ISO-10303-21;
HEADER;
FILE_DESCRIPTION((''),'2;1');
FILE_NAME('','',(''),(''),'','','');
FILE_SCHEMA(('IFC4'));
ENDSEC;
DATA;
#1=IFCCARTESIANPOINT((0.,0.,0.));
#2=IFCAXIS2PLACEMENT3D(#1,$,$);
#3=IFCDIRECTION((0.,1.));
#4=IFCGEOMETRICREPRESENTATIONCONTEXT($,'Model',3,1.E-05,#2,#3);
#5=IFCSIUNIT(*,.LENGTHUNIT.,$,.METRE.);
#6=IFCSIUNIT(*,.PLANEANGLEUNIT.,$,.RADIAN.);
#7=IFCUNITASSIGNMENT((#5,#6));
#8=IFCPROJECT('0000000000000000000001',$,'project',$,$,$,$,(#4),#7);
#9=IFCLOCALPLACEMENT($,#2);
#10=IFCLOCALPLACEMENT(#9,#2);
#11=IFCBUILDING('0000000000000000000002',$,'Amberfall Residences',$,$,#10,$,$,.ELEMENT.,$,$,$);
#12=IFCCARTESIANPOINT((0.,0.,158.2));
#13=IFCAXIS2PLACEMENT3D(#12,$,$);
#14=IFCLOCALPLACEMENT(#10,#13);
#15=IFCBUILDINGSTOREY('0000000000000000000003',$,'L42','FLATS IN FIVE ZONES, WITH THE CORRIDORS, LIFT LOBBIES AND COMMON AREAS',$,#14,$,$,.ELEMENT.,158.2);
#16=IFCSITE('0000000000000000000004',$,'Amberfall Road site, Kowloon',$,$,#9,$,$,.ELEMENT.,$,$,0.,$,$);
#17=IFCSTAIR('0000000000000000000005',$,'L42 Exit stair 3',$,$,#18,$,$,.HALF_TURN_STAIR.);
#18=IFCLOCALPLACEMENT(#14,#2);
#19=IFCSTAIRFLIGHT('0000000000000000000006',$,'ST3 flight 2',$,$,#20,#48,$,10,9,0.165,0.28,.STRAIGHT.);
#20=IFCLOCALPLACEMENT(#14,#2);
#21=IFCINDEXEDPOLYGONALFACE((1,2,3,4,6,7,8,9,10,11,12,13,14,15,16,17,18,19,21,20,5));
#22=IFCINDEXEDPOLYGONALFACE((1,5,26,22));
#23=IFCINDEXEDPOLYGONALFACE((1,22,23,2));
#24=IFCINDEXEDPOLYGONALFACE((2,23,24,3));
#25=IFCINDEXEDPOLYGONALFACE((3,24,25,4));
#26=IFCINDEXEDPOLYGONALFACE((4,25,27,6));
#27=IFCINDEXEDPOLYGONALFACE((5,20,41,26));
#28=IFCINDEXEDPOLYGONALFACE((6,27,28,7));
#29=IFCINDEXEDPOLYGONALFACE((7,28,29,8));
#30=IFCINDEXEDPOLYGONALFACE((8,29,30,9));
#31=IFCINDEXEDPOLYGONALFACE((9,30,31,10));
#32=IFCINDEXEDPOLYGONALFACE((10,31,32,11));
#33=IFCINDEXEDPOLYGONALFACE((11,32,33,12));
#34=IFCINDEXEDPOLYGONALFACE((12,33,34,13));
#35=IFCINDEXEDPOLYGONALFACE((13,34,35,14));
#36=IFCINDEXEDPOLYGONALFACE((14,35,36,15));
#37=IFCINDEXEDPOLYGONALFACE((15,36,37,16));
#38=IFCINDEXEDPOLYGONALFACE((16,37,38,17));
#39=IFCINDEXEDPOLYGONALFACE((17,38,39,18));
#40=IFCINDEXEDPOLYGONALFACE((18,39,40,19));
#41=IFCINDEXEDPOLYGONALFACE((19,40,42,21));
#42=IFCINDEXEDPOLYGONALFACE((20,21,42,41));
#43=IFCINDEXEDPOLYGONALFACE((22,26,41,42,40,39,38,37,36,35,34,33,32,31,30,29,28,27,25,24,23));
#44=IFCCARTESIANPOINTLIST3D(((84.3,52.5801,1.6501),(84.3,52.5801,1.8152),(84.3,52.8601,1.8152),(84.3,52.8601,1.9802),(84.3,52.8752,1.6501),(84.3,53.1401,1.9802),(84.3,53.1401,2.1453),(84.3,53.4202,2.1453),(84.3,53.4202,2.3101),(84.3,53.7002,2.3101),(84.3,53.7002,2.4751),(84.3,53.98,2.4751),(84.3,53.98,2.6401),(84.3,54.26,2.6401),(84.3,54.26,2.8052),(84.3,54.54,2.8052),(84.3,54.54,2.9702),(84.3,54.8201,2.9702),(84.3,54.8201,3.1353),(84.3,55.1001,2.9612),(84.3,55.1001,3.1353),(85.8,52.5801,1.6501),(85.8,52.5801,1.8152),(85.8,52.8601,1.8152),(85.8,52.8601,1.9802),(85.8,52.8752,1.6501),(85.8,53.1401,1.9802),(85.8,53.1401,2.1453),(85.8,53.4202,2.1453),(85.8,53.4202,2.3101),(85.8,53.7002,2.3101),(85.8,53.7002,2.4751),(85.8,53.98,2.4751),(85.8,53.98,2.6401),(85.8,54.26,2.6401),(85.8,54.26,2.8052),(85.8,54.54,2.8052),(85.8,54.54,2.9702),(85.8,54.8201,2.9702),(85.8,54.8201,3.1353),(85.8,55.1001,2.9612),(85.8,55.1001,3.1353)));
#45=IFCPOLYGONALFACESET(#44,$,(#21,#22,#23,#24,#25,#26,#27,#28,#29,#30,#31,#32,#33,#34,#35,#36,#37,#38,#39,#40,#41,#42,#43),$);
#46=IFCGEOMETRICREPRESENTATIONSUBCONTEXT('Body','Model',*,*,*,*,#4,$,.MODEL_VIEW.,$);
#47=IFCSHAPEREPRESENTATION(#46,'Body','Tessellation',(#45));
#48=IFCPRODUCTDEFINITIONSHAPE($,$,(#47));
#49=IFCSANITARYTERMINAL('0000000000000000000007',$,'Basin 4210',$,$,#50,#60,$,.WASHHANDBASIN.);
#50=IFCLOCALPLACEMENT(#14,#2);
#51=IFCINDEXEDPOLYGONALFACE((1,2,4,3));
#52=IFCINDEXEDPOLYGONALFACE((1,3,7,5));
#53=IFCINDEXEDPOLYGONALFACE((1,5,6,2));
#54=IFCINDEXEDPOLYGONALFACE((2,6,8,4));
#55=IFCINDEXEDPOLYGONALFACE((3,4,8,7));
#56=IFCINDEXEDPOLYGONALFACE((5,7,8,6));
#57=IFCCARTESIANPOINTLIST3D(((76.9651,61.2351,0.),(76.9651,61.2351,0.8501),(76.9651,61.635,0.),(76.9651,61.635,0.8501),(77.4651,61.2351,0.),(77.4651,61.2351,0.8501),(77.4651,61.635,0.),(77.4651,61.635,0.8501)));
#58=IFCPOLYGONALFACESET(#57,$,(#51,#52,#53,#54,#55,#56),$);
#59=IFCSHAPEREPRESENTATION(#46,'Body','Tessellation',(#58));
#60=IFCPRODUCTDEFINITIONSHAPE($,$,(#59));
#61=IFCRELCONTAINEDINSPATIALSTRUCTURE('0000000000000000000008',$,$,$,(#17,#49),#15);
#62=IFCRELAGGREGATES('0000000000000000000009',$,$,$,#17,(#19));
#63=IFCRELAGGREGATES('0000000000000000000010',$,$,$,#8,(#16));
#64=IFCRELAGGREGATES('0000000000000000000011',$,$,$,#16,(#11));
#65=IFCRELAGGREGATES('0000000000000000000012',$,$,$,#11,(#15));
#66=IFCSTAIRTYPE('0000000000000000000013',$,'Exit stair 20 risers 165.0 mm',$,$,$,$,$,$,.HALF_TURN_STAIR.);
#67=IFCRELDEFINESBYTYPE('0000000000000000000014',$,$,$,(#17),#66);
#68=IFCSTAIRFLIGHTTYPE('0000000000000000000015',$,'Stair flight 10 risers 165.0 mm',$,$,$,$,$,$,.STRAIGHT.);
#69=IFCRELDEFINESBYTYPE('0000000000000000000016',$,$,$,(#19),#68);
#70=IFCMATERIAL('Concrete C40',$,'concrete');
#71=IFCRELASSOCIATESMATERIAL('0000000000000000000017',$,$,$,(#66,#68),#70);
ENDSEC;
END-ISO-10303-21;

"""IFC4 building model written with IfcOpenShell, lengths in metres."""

from ifc_helpers import new_model, si_unit, direction, frame, origin, origin_2d, place, context, subcontext, project, spatial, polyline, rectangle, outline, extrude, material, type_object, element, aggregate, save


model = new_model("IFC4")

# Units and contexts
model_context = context("Model", 3, precision=1e-05, world=origin(), true_north=direction((0.0, 1.0)))
body_context = subcontext(model_context, "Body", "Model", "MODEL_VIEW")
ifc_project = project(units=[si_unit("LENGTHUNIT", "METRE"), si_unit("PLANEANGLEUNIT", "RADIAN")], contexts=[model_context])

# Site, building, storey
site_placement = place(None, origin())
site = spatial("IfcSite", under=ifc_project, at=site_placement, Name="Amberfall Road site, Kowloon", CompositionType="ELEMENT", RefElevation=0.0)
building_placement = place(site_placement, origin())
building = spatial("IfcBuilding", under=site, at=building_placement, Name="Amberfall Residences", CompositionType="ELEMENT")
storey_placement = place(building_placement, frame((0.0, 0.0, 158.2)))
storey = spatial("IfcBuildingStorey", under=building, at=storey_placement, Name="L42", Description="FLATS IN FIVE ZONES, WITH THE CORRIDORS, LIFT LOBBIES AND COMMON AREAS", CompositionType="ELEMENT", Elevation=158.2)

# Stair, stair flight
ifc_material_1 = material(Name="Concrete C40", Category="concrete")
stair_type = type_object("IfcStairType", Name="Exit stair 20 risers 165.0 mm", PredefinedType="HALF_TURN_STAIR", material=ifc_material_1)
stair_placement = place(storey_placement, origin())
stair = element("IfcStair", 1, at=stair_placement, inside=storey, type_object=stair_type, Name="L42 Exit stair 3", PredefinedType="HALF_TURN_STAIR")
stair_flight_type = type_object("IfcStairFlightType", Name="Stair flight 10 risers 165.0 mm", PredefinedType="STRAIGHT", material=ifc_material_1)
stair_flight_1_placement = place(storey_placement, frame((85.05, 52.5801, 1.6501), z_axis=(0.0, 0.0, 1.0), x_axis=(0.0, 1.0, 0.0)))
stair_flight_1 = element("IfcStairFlight", 2, at=stair_flight_1_placement, type_object=stair_flight_type, Name="ST3 flight 2", NumberOfRisers=10, NumberOfTreads=9, PredefinedType="STRAIGHT", RiserHeight=0.165, TreadLength=0.28, context=body_context, shape_type="SweptSolid", body=[
    extrude(outline(polyline([(0.0, 0.0), (0.0, 0.165), (0.28, 0.165), (0.28, 0.3301), (0.5601, 0.3301), (0.5601, 0.4951), (0.8401, 0.4951), (0.8401, 0.6599), (1.1201, 0.6599), (1.1201, 0.825), (1.3999, 0.825), (1.3999, 0.99), (1.6799, 0.99), (1.6799, 1.155), (1.96, 1.155), (1.96, 1.3201), (2.24, 1.3201), (2.24, 1.4851), (2.52, 1.4851), (2.52, 1.6499), (2.52, 1.311), (0.2952, 0.0), (0.0, 0.0)])), frame((0.0, 0.75, 0.0), z_axis=(0.0, -1.0, 0.0), x_axis=(1.0, 0.0, 0.0)), (0.0, 0.0, 1.0), 1.5),
])
aggregate(stair, [stair_flight_1])

# Sanitary terminal
sanitary_terminal_placement = place(storey_placement, frame((77.2151, 61.4351, 0.0), z_axis=(0.0, 0.0, 1.0), x_axis=(1.0, 0.0, 0.0)))
element("IfcSanitaryTerminal", 3, at=sanitary_terminal_placement, inside=storey, Name="Basin 4210", PredefinedType="WASHHANDBASIN", context=body_context, shape_type="SweptSolid", body=[
    extrude(rectangle(XDim=0.5, YDim=0.3999, at=origin_2d()), origin(), (0.0, 0.0, 1.0), 0.8501),
])

save(model, "model.ifc")
